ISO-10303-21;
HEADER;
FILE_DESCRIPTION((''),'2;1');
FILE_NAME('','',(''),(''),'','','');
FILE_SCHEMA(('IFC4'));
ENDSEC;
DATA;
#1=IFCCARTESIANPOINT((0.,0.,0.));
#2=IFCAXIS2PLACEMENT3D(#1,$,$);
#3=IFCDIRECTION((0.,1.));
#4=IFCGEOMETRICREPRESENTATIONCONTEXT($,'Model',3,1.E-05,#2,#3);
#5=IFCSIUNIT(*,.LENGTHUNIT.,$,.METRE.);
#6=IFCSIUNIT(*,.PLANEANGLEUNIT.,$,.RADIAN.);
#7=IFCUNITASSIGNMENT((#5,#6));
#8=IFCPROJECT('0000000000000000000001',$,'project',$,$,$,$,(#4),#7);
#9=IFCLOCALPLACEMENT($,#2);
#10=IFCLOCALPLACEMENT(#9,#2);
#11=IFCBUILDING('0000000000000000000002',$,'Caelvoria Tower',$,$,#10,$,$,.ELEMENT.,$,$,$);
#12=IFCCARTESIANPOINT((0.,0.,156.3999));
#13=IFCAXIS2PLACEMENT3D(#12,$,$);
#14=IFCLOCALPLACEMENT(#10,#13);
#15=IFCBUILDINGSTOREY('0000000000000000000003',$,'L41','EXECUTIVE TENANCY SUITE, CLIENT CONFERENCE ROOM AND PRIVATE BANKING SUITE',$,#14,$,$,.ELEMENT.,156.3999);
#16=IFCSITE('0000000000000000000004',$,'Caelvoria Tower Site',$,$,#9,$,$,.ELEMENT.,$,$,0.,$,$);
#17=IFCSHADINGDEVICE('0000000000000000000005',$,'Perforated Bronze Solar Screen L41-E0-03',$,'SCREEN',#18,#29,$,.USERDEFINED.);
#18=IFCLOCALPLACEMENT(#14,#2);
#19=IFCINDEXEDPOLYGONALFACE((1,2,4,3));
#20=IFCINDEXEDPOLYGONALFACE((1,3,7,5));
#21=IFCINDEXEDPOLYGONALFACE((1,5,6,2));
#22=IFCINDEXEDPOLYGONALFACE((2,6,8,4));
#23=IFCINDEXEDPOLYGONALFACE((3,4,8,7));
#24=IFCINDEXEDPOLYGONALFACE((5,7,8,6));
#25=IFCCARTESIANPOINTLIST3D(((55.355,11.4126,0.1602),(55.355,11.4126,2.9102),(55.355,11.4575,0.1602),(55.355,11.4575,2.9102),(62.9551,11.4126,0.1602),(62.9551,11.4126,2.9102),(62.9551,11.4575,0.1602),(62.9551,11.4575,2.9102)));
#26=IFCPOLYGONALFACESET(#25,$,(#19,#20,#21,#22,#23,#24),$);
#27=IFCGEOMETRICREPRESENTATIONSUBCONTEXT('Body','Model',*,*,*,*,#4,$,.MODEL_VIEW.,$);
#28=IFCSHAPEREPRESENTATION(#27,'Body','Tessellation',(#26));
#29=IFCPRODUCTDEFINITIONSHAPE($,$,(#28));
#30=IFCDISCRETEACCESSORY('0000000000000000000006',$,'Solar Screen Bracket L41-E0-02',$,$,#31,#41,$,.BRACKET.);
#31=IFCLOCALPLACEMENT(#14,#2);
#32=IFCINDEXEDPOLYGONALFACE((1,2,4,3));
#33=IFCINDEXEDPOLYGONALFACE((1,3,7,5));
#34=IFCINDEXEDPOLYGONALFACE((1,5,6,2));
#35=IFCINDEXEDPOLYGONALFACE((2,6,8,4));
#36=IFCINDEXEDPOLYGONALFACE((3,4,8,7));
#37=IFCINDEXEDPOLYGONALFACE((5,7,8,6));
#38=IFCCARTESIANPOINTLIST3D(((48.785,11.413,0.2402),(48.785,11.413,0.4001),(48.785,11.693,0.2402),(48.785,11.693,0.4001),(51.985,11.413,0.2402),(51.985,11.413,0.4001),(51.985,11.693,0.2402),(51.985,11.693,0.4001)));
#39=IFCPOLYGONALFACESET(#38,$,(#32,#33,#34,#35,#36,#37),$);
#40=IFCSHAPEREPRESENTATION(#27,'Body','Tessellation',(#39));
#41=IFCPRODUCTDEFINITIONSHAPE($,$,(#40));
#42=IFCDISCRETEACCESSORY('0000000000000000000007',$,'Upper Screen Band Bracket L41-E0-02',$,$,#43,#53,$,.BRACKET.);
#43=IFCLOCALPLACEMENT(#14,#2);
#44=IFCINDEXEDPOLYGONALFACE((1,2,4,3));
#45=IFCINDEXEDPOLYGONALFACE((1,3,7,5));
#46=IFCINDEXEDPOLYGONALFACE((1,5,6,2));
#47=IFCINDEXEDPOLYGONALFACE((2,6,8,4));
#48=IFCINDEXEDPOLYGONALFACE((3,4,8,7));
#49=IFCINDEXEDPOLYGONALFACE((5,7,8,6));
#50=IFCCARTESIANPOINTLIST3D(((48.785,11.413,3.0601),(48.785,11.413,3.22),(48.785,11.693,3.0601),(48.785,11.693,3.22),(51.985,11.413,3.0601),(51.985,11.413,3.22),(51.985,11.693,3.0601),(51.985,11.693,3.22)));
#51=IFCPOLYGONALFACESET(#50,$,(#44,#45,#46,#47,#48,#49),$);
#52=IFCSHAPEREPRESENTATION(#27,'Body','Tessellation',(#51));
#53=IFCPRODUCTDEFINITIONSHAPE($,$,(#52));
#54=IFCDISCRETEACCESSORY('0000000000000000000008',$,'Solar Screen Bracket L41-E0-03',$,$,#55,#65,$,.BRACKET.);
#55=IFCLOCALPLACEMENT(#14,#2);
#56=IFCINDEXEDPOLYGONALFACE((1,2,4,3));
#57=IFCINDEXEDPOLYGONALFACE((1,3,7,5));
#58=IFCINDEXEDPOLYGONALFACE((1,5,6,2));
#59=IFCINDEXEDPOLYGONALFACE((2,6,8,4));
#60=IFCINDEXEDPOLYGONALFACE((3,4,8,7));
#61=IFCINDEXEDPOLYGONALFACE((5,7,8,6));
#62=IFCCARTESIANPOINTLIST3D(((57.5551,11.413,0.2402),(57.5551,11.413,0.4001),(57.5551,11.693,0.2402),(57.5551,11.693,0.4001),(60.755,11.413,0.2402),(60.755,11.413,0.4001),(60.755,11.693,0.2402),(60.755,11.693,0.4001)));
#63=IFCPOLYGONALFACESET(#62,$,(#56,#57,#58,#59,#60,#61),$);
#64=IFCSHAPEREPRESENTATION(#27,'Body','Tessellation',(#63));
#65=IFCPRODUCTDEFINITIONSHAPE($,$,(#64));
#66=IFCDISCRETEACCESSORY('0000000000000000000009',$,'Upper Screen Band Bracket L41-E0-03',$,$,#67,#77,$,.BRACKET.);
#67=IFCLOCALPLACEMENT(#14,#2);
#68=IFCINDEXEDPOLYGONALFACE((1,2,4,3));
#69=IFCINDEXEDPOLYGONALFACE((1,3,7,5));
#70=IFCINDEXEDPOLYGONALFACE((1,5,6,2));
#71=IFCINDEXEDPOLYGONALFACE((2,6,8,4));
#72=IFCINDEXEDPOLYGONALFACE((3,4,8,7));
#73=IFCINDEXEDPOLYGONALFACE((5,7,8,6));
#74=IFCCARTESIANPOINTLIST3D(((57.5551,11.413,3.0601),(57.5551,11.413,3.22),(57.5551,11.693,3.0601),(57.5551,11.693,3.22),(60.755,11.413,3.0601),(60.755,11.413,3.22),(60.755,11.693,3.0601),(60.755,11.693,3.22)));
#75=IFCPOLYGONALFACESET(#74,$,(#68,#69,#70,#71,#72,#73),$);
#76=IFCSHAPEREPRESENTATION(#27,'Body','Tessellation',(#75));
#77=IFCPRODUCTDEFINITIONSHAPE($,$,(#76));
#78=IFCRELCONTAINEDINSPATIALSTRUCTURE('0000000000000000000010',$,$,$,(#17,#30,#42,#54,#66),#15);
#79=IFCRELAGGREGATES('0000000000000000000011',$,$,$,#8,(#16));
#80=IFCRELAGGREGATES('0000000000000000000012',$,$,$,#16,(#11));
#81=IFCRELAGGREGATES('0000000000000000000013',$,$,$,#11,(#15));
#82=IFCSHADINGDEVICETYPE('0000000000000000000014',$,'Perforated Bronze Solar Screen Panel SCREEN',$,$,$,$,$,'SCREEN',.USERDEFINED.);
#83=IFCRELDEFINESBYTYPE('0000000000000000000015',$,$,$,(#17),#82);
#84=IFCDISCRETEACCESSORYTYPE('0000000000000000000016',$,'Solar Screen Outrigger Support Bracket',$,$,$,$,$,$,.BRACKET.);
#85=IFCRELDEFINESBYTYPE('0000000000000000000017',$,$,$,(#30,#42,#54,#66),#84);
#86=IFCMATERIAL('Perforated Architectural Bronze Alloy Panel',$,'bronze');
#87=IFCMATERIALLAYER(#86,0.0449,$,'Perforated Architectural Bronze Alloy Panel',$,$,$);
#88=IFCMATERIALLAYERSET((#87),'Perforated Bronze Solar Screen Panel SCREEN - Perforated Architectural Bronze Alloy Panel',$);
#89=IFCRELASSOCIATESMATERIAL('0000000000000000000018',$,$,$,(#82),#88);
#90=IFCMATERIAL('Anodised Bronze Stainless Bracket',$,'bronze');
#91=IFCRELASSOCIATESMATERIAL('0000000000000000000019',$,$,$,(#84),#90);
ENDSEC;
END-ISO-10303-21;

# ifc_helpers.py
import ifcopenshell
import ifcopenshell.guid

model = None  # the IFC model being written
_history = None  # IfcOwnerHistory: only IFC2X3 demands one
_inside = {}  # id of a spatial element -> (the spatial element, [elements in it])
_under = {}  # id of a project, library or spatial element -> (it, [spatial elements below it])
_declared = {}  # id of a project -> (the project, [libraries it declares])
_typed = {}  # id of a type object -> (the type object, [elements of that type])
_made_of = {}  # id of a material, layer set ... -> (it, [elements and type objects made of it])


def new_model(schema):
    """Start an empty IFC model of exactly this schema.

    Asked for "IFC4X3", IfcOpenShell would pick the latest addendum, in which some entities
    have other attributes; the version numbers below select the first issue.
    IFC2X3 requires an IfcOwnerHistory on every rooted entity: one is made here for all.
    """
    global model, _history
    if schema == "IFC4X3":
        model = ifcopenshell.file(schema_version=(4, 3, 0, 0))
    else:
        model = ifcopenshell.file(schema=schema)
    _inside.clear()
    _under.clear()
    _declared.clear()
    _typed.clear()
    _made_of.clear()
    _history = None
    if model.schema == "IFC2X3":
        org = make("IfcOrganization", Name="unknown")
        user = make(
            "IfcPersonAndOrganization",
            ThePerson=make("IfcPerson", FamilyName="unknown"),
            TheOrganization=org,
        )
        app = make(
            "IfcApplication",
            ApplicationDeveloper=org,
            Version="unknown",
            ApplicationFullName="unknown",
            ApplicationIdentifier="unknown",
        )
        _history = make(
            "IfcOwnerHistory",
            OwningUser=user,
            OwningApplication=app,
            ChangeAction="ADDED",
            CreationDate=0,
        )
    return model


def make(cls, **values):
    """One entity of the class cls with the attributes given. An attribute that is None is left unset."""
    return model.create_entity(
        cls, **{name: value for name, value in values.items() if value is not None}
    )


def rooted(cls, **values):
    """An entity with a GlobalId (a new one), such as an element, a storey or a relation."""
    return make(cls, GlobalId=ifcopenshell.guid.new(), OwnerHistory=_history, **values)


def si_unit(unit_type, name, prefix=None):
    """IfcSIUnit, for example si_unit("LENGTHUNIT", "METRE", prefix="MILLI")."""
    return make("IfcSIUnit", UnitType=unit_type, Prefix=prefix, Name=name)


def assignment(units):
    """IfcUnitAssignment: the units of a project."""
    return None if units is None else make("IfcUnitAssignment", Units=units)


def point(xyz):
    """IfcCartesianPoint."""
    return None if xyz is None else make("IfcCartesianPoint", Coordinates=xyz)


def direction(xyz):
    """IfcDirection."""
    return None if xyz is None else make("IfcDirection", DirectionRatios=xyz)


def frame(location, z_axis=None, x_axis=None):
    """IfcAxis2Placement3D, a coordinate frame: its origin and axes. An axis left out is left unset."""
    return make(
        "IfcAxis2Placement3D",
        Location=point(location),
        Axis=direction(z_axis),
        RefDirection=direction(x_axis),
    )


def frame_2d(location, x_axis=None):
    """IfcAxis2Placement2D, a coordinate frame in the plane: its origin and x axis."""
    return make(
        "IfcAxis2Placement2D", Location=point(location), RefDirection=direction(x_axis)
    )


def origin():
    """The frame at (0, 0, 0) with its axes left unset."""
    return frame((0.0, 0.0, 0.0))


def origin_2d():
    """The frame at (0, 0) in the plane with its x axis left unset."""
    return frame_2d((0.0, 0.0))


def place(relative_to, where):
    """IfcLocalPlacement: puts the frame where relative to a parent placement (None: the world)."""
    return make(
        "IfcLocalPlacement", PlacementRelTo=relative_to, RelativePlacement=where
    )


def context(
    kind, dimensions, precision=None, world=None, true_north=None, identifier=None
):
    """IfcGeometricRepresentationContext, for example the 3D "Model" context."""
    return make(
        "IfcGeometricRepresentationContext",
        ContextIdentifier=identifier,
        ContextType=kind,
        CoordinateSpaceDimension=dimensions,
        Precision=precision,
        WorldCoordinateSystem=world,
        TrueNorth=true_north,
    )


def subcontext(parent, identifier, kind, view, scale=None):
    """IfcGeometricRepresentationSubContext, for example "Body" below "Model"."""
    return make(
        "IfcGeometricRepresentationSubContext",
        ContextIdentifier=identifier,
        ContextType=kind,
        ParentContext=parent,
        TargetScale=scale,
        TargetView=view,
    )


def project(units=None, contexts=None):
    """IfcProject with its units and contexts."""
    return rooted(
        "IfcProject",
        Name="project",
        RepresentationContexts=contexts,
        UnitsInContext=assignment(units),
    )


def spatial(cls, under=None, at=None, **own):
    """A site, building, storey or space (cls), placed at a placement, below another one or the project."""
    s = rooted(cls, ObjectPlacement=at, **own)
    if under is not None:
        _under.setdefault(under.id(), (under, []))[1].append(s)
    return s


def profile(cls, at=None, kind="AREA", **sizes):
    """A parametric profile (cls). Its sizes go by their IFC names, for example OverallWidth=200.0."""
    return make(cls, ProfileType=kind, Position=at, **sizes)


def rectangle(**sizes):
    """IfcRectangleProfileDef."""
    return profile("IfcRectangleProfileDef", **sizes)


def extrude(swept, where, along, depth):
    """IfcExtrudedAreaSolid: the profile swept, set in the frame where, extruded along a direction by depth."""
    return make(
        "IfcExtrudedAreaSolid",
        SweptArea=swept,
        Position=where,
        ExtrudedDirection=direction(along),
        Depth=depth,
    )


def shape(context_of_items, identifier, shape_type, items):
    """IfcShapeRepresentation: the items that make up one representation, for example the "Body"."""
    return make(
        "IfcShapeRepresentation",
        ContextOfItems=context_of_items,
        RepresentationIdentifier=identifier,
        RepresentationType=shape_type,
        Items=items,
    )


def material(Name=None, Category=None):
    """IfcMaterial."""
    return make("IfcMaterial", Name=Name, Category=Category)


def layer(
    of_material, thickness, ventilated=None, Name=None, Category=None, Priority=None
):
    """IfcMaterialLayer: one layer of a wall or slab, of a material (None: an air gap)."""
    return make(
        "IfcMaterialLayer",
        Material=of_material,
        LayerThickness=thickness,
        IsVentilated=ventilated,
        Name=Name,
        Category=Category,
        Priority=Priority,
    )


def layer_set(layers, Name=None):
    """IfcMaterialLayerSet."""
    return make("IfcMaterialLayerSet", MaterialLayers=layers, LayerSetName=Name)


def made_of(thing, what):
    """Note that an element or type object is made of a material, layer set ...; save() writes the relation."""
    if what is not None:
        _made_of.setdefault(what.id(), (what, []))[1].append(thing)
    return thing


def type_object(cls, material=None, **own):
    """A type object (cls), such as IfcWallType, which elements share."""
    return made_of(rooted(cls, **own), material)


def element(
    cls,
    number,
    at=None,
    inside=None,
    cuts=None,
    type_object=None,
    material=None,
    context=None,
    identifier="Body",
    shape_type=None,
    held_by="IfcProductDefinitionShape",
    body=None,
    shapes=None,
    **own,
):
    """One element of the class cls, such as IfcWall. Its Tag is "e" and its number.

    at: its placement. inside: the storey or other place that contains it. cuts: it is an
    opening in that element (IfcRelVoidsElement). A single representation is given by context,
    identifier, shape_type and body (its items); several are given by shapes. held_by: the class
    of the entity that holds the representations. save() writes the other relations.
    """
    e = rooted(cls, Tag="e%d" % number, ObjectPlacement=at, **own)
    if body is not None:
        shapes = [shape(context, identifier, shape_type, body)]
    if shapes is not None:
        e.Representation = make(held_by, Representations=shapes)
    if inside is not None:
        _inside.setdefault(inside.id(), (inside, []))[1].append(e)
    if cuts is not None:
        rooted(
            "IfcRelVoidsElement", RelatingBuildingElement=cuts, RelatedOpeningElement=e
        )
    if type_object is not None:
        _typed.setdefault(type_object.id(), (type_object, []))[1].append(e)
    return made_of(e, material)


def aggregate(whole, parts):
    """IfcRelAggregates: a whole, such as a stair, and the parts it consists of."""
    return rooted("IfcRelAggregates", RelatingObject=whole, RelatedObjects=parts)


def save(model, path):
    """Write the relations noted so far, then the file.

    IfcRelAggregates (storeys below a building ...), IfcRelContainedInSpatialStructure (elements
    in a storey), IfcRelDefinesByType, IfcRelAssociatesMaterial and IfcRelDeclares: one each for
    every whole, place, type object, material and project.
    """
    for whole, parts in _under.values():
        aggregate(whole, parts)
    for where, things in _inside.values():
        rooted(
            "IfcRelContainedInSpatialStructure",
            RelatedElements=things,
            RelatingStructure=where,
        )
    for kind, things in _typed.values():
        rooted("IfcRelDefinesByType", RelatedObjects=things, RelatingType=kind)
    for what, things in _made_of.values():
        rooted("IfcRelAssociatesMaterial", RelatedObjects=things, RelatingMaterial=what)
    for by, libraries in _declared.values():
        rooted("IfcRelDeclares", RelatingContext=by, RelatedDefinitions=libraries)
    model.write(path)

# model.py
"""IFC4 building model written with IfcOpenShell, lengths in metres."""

from ifc_helpers import new_model, si_unit, direction, frame, origin, origin_2d, place, context, subcontext, project, spatial, rectangle, extrude, material, layer, layer_set, type_object, element, save


model = new_model("IFC4")

# Units and contexts
model_context = context("Model", 3, precision=1e-05, world=origin(), true_north=direction((0.0, 1.0)))
body_context = subcontext(model_context, "Body", "Model", "MODEL_VIEW")
ifc_project = project(units=[si_unit("LENGTHUNIT", "METRE"), si_unit("PLANEANGLEUNIT", "RADIAN")], contexts=[model_context])

# Site, building, storey
site_placement = place(None, origin())
site = spatial("IfcSite", under=ifc_project, at=site_placement, Name="Caelvoria Tower Site", CompositionType="ELEMENT", RefElevation=0.0)
building_placement = place(site_placement, origin())
building = spatial("IfcBuilding", under=site, at=building_placement, Name="Caelvoria Tower", CompositionType="ELEMENT")
storey_placement = place(building_placement, frame((0.0, 0.0, 156.3999)))
storey = spatial("IfcBuildingStorey", under=building, at=storey_placement, Name="L41", Description="EXECUTIVE TENANCY SUITE, CLIENT CONFERENCE ROOM AND PRIVATE BANKING SUITE", CompositionType="ELEMENT", Elevation=156.3999)

# Shading device
ifc_material_1 = material(Name="Perforated Architectural Bronze Alloy Panel", Category="bronze")
ifc_layer_1 = layer(ifc_material_1, 0.0449, Name="Perforated Architectural Bronze Alloy Panel")
ifc_layer_set_1 = layer_set([ifc_layer_1], Name="Perforated Bronze Solar Screen Panel SCREEN - Perforated Architectural Bronze Alloy Panel")
shading_device_type = type_object("IfcShadingDeviceType", Name="Perforated Bronze Solar Screen Panel SCREEN", ElementType="SCREEN", PredefinedType="USERDEFINED", material=ifc_layer_set_1)
for number, where, z_axis, x_axis, name in (
    (1, (59.155, 11.4351, 0.1602), (0.0, 0.0, 1.0), (1.0, 0.0, 0.0), "Perforated Bronze Solar Screen L41-E0-03"),
):
    element("IfcShadingDevice", number, at=place(storey_placement, frame(where, z_axis=z_axis, x_axis=x_axis)), inside=storey, type_object=shading_device_type, Name=name, ObjectType="SCREEN", PredefinedType="USERDEFINED", context=body_context, shape_type="SweptSolid", body=[
        extrude(rectangle(XDim=7.6001, YDim=0.0449, at=origin_2d()), origin(), (0.0, 0.0, 1.0), 2.75),
    ])

# Discrete accessories
ifc_material_2 = material(Name="Anodised Bronze Stainless Bracket", Category="bronze")
discrete_accessory_type = type_object("IfcDiscreteAccessoryType", Name="Solar Screen Outrigger Support Bracket", PredefinedType="BRACKET", material=ifc_material_2)
for number, where, z_axis, x_axis, name in (
    (2, (50.385, 11.553, 0.2402), (0.0, 0.0, 1.0), (1.0, 0.0, 0.0), "Solar Screen Bracket L41-E0-02"),
    (3, (50.385, 11.553, 3.0601), (0.0, 0.0, 1.0), (1.0, 0.0, 0.0), "Upper Screen Band Bracket L41-E0-02"),
    (4, (59.155, 11.553, 0.2402), (0.0, 0.0, 1.0), (1.0, 0.0, 0.0), "Solar Screen Bracket L41-E0-03"),
    (5, (59.155, 11.553, 3.0601), (0.0, 0.0, 1.0), (1.0, 0.0, 0.0), "Upper Screen Band Bracket L41-E0-03"),
):
    element("IfcDiscreteAccessory", number, at=place(storey_placement, frame(where, z_axis=z_axis, x_axis=x_axis)), inside=storey, type_object=discrete_accessory_type, Name=name, PredefinedType="BRACKET", context=body_context, shape_type="SweptSolid", body=[
        extrude(rectangle(XDim=3.2, YDim=0.28, at=origin_2d()), origin(), (0.0, 0.0, 1.0), 0.1599),
    ])

save(model, "model.ifc")
